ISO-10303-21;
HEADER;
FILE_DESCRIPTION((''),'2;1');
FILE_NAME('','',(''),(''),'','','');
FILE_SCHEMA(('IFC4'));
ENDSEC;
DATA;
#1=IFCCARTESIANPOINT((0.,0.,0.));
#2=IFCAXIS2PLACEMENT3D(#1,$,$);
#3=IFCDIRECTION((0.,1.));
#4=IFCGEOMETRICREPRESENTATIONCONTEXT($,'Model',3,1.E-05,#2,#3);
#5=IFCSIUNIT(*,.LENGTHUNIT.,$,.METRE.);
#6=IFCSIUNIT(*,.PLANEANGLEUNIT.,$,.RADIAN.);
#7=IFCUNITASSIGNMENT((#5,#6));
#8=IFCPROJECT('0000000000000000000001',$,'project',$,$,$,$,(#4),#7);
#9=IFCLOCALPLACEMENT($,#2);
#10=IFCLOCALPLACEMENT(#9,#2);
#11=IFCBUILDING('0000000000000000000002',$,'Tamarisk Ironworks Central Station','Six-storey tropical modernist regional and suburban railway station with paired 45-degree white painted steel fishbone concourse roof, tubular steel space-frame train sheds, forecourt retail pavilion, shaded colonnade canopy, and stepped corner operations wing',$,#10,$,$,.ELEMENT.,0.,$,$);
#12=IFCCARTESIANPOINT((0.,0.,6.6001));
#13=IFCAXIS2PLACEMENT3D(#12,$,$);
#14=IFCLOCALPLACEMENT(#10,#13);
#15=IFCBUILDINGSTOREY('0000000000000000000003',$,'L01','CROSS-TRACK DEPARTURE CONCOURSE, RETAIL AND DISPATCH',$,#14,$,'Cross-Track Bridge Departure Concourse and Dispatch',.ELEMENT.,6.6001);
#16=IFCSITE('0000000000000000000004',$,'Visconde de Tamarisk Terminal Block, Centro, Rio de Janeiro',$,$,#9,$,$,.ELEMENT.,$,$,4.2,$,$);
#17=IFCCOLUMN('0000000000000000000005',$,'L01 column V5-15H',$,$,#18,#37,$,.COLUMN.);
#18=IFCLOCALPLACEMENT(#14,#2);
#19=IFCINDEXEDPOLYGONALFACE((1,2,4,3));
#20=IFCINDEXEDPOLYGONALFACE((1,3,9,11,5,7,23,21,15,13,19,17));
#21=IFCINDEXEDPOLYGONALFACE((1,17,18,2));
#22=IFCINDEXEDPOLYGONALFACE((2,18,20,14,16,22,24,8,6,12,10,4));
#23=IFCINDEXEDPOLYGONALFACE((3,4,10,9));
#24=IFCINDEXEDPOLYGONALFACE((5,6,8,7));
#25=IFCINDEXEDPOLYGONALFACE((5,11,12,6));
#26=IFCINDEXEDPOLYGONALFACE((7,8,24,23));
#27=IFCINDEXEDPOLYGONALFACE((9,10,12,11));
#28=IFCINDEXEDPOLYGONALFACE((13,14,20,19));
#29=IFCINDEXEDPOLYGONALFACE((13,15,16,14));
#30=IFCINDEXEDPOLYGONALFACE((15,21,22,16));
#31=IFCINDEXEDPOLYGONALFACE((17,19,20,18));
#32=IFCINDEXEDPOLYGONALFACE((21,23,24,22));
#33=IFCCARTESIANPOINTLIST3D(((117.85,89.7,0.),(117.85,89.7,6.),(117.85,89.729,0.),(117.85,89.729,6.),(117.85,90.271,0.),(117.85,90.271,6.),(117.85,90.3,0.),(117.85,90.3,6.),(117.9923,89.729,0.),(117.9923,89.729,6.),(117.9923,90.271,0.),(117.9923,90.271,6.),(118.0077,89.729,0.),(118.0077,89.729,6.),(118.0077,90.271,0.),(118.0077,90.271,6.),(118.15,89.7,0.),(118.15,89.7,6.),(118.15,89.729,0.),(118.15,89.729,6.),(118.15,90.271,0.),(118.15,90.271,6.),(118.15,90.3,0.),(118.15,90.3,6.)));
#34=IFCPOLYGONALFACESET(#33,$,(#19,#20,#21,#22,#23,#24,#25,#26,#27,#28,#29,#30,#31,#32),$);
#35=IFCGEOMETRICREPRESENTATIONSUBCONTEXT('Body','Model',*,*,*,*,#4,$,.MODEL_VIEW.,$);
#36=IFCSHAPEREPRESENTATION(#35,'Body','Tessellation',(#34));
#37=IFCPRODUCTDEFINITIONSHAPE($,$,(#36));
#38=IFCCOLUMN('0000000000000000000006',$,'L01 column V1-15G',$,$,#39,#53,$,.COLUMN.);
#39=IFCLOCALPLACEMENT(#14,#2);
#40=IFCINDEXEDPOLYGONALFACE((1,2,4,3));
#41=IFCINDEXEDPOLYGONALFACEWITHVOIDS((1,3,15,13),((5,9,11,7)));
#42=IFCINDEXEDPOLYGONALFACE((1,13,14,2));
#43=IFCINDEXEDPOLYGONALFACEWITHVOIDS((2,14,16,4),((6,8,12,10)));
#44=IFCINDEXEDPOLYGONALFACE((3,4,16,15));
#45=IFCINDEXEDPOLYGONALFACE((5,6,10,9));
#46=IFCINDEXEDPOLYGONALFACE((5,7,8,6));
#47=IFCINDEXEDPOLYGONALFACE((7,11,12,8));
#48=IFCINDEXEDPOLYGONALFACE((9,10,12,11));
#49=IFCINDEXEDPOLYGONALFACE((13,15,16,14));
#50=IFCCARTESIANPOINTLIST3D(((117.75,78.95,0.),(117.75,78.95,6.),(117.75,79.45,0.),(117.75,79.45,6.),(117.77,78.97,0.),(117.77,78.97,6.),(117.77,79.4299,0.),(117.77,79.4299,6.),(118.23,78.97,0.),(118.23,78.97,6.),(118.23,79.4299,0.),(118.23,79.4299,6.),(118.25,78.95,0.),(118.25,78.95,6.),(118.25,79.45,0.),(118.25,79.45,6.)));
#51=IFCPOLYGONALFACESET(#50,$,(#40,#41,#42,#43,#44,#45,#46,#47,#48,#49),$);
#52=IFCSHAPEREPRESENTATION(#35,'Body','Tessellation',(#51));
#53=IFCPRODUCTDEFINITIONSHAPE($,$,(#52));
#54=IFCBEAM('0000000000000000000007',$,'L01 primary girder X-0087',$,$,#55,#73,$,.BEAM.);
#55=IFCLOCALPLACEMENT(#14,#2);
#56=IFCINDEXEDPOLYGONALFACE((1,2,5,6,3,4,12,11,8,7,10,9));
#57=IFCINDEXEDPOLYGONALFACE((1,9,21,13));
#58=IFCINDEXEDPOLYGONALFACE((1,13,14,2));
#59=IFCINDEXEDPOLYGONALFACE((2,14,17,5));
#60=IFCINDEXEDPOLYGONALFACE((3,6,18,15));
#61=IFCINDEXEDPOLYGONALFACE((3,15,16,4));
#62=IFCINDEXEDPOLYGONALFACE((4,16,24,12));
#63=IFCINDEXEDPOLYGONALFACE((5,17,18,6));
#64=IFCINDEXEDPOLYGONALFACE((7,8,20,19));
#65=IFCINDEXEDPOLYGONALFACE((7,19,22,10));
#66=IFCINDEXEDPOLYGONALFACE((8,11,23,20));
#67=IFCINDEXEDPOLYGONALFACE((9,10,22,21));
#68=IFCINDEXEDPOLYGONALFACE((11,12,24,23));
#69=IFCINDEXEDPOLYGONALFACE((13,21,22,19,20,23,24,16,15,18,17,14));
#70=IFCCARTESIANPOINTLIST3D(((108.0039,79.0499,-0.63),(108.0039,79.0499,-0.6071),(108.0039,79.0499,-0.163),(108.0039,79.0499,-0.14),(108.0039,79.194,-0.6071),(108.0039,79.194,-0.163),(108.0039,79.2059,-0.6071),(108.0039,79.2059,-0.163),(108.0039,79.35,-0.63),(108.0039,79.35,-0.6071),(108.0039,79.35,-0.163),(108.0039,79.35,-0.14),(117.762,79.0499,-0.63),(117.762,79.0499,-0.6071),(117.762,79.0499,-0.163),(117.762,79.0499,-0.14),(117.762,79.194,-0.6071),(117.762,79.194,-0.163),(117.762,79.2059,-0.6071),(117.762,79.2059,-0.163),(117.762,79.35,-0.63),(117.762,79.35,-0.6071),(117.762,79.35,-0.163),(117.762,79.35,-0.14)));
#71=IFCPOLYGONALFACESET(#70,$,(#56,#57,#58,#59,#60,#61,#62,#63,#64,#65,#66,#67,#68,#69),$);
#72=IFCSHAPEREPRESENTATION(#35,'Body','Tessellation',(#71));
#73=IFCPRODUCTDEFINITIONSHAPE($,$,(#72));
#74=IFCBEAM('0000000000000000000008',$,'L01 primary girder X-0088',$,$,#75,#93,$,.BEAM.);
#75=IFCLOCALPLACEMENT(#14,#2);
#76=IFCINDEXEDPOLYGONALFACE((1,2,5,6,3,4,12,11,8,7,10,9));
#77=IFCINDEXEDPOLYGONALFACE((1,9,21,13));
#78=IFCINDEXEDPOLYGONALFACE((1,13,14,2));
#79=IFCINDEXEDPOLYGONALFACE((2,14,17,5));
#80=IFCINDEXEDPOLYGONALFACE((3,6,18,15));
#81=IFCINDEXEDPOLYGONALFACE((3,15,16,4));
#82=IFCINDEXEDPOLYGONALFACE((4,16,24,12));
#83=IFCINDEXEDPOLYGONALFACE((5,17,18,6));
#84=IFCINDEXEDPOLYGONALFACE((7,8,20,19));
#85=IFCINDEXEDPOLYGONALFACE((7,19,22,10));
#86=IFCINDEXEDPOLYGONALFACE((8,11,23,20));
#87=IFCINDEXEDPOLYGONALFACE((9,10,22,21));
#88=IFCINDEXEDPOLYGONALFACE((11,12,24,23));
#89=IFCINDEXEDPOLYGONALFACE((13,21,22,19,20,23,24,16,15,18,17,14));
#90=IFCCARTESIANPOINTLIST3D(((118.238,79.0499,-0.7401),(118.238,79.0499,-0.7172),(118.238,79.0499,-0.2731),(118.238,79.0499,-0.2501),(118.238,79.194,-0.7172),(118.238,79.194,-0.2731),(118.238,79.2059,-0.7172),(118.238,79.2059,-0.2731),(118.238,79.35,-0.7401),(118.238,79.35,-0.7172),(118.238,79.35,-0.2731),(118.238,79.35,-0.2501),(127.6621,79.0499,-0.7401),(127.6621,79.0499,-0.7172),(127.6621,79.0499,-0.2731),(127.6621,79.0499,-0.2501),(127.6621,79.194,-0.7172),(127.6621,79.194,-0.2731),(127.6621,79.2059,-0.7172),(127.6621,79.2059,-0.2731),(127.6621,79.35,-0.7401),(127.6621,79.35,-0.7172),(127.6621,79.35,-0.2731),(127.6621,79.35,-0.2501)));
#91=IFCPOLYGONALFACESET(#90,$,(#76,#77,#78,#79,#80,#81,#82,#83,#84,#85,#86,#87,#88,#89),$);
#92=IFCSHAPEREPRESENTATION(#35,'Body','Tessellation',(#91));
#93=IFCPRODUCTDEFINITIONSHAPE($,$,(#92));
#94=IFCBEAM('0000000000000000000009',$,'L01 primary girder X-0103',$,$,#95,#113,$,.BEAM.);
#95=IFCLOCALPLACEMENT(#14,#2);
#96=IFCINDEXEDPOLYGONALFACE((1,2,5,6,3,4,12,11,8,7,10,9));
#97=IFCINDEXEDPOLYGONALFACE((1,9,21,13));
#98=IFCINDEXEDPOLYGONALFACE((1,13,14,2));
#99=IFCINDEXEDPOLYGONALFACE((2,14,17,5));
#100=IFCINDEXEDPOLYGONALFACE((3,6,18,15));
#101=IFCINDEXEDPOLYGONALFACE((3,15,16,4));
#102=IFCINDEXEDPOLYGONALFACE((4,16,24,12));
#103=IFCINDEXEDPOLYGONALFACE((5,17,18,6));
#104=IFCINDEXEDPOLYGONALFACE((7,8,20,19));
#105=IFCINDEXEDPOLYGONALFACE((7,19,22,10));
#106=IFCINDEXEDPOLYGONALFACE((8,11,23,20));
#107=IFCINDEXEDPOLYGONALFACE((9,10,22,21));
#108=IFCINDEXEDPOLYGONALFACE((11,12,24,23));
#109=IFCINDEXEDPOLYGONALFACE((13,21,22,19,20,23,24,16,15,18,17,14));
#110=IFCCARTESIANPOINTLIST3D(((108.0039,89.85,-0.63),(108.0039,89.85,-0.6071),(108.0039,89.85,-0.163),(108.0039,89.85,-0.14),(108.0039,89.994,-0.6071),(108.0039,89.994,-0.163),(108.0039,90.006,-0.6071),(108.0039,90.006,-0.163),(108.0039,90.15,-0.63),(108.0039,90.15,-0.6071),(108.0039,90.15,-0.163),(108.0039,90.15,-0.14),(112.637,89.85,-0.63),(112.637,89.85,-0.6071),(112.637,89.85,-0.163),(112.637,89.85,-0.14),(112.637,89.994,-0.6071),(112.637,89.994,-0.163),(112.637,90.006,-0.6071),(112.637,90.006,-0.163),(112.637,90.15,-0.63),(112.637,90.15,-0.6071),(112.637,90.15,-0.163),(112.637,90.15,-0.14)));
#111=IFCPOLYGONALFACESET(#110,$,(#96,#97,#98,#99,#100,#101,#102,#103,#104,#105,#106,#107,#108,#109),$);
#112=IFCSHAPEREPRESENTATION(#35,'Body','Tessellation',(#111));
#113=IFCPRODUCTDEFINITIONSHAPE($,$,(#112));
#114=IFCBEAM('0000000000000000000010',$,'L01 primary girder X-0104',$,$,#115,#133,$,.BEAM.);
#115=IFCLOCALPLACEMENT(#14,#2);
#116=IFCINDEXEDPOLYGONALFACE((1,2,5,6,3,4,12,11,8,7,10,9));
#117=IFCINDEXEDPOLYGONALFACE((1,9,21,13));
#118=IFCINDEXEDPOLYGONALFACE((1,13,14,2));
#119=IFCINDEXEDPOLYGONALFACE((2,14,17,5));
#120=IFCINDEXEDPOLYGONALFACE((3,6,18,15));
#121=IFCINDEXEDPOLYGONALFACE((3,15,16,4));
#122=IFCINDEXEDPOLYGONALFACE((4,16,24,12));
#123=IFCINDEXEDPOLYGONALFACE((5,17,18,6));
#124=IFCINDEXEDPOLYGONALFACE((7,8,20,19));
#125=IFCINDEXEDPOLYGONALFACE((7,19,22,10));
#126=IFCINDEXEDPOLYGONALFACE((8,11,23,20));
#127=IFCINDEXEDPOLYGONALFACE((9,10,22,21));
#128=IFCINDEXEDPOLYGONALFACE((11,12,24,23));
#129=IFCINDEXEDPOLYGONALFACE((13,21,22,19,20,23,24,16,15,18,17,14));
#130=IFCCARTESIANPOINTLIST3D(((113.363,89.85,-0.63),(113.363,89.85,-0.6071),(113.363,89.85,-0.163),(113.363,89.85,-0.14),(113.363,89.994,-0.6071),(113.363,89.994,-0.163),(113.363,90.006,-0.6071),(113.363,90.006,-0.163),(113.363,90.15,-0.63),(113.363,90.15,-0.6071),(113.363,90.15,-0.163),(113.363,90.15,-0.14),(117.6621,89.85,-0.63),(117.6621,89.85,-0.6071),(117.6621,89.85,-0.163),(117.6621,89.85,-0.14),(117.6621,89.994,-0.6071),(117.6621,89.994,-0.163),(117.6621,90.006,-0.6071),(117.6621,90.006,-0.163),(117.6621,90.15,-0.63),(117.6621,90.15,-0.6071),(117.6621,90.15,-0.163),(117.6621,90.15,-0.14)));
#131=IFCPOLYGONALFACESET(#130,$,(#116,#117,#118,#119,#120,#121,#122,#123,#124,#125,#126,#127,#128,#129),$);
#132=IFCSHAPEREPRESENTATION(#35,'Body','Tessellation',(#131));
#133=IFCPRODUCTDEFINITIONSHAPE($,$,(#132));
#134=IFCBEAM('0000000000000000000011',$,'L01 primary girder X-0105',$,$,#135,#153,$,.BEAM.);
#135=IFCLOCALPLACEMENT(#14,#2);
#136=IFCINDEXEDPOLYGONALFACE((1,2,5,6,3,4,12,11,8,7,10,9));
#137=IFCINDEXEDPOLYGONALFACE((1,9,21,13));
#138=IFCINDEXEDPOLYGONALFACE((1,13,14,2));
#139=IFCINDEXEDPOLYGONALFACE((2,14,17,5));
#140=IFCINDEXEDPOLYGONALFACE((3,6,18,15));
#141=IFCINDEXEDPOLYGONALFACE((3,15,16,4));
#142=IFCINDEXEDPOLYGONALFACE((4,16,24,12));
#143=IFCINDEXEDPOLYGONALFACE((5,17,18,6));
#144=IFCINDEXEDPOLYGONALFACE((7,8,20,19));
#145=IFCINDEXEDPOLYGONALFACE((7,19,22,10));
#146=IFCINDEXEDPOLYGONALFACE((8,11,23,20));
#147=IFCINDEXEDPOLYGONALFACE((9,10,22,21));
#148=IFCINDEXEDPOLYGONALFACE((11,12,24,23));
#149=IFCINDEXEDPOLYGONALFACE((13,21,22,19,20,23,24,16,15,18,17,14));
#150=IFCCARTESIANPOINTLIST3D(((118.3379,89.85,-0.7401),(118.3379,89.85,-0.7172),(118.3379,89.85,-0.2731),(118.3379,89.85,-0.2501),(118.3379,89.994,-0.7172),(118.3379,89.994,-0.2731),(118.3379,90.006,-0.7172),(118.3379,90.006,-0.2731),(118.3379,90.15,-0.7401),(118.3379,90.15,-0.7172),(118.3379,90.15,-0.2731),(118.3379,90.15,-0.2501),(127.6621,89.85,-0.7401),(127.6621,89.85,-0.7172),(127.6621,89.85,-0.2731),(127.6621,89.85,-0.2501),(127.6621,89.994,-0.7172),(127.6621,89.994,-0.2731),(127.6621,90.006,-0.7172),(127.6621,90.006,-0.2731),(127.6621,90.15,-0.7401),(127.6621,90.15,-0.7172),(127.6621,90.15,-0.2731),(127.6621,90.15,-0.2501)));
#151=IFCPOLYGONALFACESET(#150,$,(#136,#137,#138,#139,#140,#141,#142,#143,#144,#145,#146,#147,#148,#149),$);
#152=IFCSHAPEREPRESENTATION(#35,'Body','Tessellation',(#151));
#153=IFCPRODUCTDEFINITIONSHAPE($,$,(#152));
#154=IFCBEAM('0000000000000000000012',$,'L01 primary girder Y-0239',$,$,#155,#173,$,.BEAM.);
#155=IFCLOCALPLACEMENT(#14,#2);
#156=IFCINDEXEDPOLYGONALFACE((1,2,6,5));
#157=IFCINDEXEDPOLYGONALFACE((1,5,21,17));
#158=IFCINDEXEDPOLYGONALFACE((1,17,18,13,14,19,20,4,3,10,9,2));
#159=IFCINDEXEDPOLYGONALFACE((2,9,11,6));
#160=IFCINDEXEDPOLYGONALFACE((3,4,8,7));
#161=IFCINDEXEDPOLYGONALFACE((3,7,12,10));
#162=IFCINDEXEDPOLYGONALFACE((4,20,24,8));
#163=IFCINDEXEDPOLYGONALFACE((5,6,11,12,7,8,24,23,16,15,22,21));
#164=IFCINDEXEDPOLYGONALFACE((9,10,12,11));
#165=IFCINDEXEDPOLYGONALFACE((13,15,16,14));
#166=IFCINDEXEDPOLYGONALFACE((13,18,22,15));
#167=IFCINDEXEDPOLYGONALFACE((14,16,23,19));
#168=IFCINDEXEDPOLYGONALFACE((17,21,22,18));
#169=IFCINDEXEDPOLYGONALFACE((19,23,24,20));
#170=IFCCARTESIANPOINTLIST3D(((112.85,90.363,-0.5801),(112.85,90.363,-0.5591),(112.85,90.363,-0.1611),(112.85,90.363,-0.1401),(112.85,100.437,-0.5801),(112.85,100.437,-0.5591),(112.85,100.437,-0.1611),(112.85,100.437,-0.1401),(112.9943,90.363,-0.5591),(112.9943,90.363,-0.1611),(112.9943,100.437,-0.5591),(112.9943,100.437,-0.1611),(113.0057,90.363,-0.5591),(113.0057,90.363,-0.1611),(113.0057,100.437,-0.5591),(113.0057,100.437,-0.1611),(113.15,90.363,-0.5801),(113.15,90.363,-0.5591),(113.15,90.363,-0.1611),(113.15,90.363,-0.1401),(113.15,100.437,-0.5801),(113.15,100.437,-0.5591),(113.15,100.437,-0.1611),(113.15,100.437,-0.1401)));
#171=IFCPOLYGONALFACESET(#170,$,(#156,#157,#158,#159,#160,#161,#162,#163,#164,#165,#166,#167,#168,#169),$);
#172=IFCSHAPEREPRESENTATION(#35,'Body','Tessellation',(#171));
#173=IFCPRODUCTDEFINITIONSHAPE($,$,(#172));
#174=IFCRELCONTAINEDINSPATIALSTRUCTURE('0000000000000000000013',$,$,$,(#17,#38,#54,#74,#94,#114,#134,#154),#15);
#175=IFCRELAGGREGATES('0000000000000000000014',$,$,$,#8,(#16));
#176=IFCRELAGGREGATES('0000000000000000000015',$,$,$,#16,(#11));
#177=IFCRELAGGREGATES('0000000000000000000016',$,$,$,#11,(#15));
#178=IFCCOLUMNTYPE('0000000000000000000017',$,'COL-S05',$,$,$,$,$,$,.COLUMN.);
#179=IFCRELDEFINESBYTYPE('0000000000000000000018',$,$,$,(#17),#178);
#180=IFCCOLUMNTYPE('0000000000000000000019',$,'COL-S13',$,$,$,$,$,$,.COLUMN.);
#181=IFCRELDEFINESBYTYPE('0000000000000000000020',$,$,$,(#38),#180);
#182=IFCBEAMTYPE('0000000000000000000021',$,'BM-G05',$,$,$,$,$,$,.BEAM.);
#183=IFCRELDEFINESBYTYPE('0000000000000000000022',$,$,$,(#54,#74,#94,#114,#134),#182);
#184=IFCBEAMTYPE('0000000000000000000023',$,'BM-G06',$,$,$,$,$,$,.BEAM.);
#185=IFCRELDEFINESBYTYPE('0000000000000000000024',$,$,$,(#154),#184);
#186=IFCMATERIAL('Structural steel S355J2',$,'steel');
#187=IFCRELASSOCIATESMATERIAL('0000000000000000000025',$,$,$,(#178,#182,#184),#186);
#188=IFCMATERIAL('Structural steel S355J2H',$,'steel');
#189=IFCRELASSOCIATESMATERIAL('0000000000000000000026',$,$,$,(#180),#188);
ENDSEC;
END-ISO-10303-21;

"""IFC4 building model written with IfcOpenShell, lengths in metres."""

from ifc_helpers import new_model, si_unit, direction, frame, origin, origin_2d, place, context, subcontext, project, spatial, hollow_rectangle, i_section, extrude, material, material_profile, profile_set, type_object, element, save


model = new_model("IFC4")

# Units and contexts
model_context = context("Model", 3, precision=1e-05, world=origin(), true_north=direction((0.0, 1.0)))
body_context = subcontext(model_context, "Body", "Model", "MODEL_VIEW")
ifc_project = project(units=[si_unit("LENGTHUNIT", "METRE"), si_unit("PLANEANGLEUNIT", "RADIAN")], contexts=[model_context])

# Site, building, storey
site_placement = place(None, origin())
site = spatial("IfcSite", under=ifc_project, at=site_placement, Name="Visconde de Tamarisk Terminal Block, Centro, Rio de Janeiro", CompositionType="ELEMENT", RefElevation=4.2)
building_placement = place(site_placement, origin())
building = spatial("IfcBuilding", under=site, at=building_placement, Name="Tamarisk Ironworks Central Station", Description="Six-storey tropical modernist regional and suburban railway station with paired 45-degree white painted steel fishbone concourse roof, tubular steel space-frame train sheds, forecourt retail pavilion, shaded colonnade canopy, and stepped corner operations wing", CompositionType="ELEMENT", ElevationOfRefHeight=0.0)
storey_placement = place(building_placement, frame((0.0, 0.0, 6.6001)))
storey = spatial("IfcBuildingStorey", under=building, at=storey_placement, Name="L01", Description="CROSS-TRACK DEPARTURE CONCOURSE, RETAIL AND DISPATCH", LongName="Cross-Track Bridge Departure Concourse and Dispatch", CompositionType="ELEMENT", Elevation=6.6001)

# Columns
ifc_material_1 = material(Name="Structural steel S355J2", Category="steel")
ifc_material_profile_1 = material_profile(ifc_material_1, i_section(OverallWidth=0.3, OverallDepth=0.6001, WebThickness=0.0154, FlangeThickness=0.0291, at=origin_2d()), Name="HEB 600")
ifc_profile_set_1 = profile_set([ifc_material_profile_1], Name="Structural steel S355J2")
column_type_1 = type_object("IfcColumnType", Name="COL-S05", PredefinedType="COLUMN", material=ifc_profile_set_1)
column_1_placement = place(storey_placement, frame((118.0, 90.0, 0.0), z_axis=(0.0, 0.0, 1.0), x_axis=(1.0, 0.0, 0.0)))
element("IfcColumn", 1, at=column_1_placement, inside=storey, type_object=column_type_1, Name="L01 column V5-15H", PredefinedType="COLUMN", context=body_context, shape_type="SweptSolid", body=[
    extrude(i_section(OverallWidth=0.3, OverallDepth=0.6001, WebThickness=0.0154, FlangeThickness=0.0291, at=origin_2d()), origin(), (0.0, 0.0, 1.0), 6.0),
])
ifc_material_2 = material(Name="Structural steel S355J2H", Category="steel")
ifc_material_profile_2 = material_profile(ifc_material_2, hollow_rectangle(XDim=0.5, YDim=0.5, WallThickness=0.02, at=origin_2d()), Name="SHS 500x500x20")
ifc_profile_set_2 = profile_set([ifc_material_profile_2], Name="Structural steel S355J2H")
column_type_2 = type_object("IfcColumnType", Name="COL-S13", PredefinedType="COLUMN", material=ifc_profile_set_2)
column_2_placement = place(storey_placement, frame((118.0, 79.2, 0.0), z_axis=(0.0, 0.0, 1.0), x_axis=(1.0, 0.0, 0.0)))
element("IfcColumn", 2, at=column_2_placement, inside=storey, type_object=column_type_2, Name="L01 column V1-15G", PredefinedType="COLUMN", context=body_context, shape_type="SweptSolid", body=[
    extrude(hollow_rectangle(XDim=0.5, YDim=0.5, WallThickness=0.02, at=origin_2d()), origin(), (0.0, 0.0, 1.0), 6.0),
])

# Beams
ifc_material_profile_3 = material_profile(ifc_material_1, i_section(OverallWidth=0.3, OverallDepth=0.49, WebThickness=0.012, FlangeThickness=0.0229, at=origin_2d()), Name="HEA 500")
ifc_profile_set_3 = profile_set([ifc_material_profile_3], Name="Structural steel S355J2")
beam_type_1 = type_object("IfcBeamType", Name="BM-G05", PredefinedType="BEAM", material=ifc_profile_set_3)
beam_1_placement = place(storey_placement, frame((108.0039, 79.2, -0.385), z_axis=(1.0, 0.0, 0.0), x_axis=(0.0, 1.0, 0.0)))
element("IfcBeam", 3, at=beam_1_placement, inside=storey, type_object=beam_type_1, Name="L01 primary girder X-0087", PredefinedType="BEAM", context=body_context, shape_type="SweptSolid", body=[
    extrude(i_section(OverallWidth=0.3, OverallDepth=0.49, WebThickness=0.012, FlangeThickness=0.0229, at=origin_2d()), origin(), (0.0, 0.0, 1.0), 9.7581),
])
beam_2_placement = place(storey_placement, frame((118.238, 79.2, -0.4951), z_axis=(1.0, 0.0, 0.0), x_axis=(0.0, 1.0, 0.0)))
element("IfcBeam", 4, at=beam_2_placement, inside=storey, type_object=beam_type_1, Name="L01 primary girder X-0088", PredefinedType="BEAM", context=body_context, shape_type="SweptSolid", body=[
    extrude(i_section(OverallWidth=0.3, OverallDepth=0.49, WebThickness=0.012, FlangeThickness=0.0229, at=origin_2d()), origin(), (0.0, 0.0, 1.0), 9.4241),
])
beam_3_placement = place(storey_placement, frame((108.0039, 90.0, -0.385), z_axis=(1.0, 0.0, 0.0), x_axis=(0.0, 1.0, 0.0)))
element("IfcBeam", 5, at=beam_3_placement, inside=storey, type_object=beam_type_1, Name="L01 primary girder X-0103", PredefinedType="BEAM", context=body_context, shape_type="SweptSolid", body=[
    extrude(i_section(OverallWidth=0.3, OverallDepth=0.49, WebThickness=0.012, FlangeThickness=0.0229, at=origin_2d()), origin(), (0.0, 0.0, 1.0), 4.6331),
])
beam_4_placement = place(storey_placement, frame((113.363, 90.0, -0.385), z_axis=(1.0, 0.0, 0.0), x_axis=(0.0, 1.0, 0.0)))
element("IfcBeam", 6, at=beam_4_placement, inside=storey, type_object=beam_type_1, Name="L01 primary girder X-0104", PredefinedType="BEAM", context=body_context, shape_type="SweptSolid", body=[
    extrude(i_section(OverallWidth=0.3, OverallDepth=0.49, WebThickness=0.012, FlangeThickness=0.0229, at=origin_2d()), origin(), (0.0, 0.0, 1.0), 4.2991),
])
beam_5_placement = place(storey_placement, frame((118.3379, 90.0, -0.4951), z_axis=(1.0, 0.0, 0.0), x_axis=(0.0, 1.0, 0.0)))
element("IfcBeam", 7, at=beam_5_placement, inside=storey, type_object=beam_type_1, Name="L01 primary girder X-0105", PredefinedType="BEAM", context=body_context, shape_type="SweptSolid", body=[
    extrude(i_section(OverallWidth=0.3, OverallDepth=0.49, WebThickness=0.012, FlangeThickness=0.0229, at=origin_2d()), origin(), (0.0, 0.0, 1.0), 9.3242),
])
ifc_material_profile_4 = material_profile(ifc_material_1, i_section(OverallWidth=0.3, OverallDepth=0.4399, WebThickness=0.0115, FlangeThickness=0.021, at=origin_2d()), Name="HEA 450")
ifc_profile_set_4 = profile_set([ifc_material_profile_4], Name="Structural steel S355J2")
beam_type_2 = type_object("IfcBeamType", Name="BM-G06", PredefinedType="BEAM", material=ifc_profile_set_4)
beam_6_placement = place(storey_placement, frame((113.0, 90.363, -0.3601), z_axis=(0.0, 1.0, 0.0), x_axis=(-1.0, 0.0, 0.0)))
element("IfcBeam", 8, at=beam_6_placement, inside=storey, type_object=beam_type_2, Name="L01 primary girder Y-0239", PredefinedType="BEAM", context=body_context, shape_type="SweptSolid", body=[
    extrude(i_section(OverallWidth=0.3, OverallDepth=0.4399, WebThickness=0.0115, FlangeThickness=0.021, at=origin_2d()), origin(), (0.0, 0.0, 1.0), 10.074),
])

save(model, "model.ifc")
